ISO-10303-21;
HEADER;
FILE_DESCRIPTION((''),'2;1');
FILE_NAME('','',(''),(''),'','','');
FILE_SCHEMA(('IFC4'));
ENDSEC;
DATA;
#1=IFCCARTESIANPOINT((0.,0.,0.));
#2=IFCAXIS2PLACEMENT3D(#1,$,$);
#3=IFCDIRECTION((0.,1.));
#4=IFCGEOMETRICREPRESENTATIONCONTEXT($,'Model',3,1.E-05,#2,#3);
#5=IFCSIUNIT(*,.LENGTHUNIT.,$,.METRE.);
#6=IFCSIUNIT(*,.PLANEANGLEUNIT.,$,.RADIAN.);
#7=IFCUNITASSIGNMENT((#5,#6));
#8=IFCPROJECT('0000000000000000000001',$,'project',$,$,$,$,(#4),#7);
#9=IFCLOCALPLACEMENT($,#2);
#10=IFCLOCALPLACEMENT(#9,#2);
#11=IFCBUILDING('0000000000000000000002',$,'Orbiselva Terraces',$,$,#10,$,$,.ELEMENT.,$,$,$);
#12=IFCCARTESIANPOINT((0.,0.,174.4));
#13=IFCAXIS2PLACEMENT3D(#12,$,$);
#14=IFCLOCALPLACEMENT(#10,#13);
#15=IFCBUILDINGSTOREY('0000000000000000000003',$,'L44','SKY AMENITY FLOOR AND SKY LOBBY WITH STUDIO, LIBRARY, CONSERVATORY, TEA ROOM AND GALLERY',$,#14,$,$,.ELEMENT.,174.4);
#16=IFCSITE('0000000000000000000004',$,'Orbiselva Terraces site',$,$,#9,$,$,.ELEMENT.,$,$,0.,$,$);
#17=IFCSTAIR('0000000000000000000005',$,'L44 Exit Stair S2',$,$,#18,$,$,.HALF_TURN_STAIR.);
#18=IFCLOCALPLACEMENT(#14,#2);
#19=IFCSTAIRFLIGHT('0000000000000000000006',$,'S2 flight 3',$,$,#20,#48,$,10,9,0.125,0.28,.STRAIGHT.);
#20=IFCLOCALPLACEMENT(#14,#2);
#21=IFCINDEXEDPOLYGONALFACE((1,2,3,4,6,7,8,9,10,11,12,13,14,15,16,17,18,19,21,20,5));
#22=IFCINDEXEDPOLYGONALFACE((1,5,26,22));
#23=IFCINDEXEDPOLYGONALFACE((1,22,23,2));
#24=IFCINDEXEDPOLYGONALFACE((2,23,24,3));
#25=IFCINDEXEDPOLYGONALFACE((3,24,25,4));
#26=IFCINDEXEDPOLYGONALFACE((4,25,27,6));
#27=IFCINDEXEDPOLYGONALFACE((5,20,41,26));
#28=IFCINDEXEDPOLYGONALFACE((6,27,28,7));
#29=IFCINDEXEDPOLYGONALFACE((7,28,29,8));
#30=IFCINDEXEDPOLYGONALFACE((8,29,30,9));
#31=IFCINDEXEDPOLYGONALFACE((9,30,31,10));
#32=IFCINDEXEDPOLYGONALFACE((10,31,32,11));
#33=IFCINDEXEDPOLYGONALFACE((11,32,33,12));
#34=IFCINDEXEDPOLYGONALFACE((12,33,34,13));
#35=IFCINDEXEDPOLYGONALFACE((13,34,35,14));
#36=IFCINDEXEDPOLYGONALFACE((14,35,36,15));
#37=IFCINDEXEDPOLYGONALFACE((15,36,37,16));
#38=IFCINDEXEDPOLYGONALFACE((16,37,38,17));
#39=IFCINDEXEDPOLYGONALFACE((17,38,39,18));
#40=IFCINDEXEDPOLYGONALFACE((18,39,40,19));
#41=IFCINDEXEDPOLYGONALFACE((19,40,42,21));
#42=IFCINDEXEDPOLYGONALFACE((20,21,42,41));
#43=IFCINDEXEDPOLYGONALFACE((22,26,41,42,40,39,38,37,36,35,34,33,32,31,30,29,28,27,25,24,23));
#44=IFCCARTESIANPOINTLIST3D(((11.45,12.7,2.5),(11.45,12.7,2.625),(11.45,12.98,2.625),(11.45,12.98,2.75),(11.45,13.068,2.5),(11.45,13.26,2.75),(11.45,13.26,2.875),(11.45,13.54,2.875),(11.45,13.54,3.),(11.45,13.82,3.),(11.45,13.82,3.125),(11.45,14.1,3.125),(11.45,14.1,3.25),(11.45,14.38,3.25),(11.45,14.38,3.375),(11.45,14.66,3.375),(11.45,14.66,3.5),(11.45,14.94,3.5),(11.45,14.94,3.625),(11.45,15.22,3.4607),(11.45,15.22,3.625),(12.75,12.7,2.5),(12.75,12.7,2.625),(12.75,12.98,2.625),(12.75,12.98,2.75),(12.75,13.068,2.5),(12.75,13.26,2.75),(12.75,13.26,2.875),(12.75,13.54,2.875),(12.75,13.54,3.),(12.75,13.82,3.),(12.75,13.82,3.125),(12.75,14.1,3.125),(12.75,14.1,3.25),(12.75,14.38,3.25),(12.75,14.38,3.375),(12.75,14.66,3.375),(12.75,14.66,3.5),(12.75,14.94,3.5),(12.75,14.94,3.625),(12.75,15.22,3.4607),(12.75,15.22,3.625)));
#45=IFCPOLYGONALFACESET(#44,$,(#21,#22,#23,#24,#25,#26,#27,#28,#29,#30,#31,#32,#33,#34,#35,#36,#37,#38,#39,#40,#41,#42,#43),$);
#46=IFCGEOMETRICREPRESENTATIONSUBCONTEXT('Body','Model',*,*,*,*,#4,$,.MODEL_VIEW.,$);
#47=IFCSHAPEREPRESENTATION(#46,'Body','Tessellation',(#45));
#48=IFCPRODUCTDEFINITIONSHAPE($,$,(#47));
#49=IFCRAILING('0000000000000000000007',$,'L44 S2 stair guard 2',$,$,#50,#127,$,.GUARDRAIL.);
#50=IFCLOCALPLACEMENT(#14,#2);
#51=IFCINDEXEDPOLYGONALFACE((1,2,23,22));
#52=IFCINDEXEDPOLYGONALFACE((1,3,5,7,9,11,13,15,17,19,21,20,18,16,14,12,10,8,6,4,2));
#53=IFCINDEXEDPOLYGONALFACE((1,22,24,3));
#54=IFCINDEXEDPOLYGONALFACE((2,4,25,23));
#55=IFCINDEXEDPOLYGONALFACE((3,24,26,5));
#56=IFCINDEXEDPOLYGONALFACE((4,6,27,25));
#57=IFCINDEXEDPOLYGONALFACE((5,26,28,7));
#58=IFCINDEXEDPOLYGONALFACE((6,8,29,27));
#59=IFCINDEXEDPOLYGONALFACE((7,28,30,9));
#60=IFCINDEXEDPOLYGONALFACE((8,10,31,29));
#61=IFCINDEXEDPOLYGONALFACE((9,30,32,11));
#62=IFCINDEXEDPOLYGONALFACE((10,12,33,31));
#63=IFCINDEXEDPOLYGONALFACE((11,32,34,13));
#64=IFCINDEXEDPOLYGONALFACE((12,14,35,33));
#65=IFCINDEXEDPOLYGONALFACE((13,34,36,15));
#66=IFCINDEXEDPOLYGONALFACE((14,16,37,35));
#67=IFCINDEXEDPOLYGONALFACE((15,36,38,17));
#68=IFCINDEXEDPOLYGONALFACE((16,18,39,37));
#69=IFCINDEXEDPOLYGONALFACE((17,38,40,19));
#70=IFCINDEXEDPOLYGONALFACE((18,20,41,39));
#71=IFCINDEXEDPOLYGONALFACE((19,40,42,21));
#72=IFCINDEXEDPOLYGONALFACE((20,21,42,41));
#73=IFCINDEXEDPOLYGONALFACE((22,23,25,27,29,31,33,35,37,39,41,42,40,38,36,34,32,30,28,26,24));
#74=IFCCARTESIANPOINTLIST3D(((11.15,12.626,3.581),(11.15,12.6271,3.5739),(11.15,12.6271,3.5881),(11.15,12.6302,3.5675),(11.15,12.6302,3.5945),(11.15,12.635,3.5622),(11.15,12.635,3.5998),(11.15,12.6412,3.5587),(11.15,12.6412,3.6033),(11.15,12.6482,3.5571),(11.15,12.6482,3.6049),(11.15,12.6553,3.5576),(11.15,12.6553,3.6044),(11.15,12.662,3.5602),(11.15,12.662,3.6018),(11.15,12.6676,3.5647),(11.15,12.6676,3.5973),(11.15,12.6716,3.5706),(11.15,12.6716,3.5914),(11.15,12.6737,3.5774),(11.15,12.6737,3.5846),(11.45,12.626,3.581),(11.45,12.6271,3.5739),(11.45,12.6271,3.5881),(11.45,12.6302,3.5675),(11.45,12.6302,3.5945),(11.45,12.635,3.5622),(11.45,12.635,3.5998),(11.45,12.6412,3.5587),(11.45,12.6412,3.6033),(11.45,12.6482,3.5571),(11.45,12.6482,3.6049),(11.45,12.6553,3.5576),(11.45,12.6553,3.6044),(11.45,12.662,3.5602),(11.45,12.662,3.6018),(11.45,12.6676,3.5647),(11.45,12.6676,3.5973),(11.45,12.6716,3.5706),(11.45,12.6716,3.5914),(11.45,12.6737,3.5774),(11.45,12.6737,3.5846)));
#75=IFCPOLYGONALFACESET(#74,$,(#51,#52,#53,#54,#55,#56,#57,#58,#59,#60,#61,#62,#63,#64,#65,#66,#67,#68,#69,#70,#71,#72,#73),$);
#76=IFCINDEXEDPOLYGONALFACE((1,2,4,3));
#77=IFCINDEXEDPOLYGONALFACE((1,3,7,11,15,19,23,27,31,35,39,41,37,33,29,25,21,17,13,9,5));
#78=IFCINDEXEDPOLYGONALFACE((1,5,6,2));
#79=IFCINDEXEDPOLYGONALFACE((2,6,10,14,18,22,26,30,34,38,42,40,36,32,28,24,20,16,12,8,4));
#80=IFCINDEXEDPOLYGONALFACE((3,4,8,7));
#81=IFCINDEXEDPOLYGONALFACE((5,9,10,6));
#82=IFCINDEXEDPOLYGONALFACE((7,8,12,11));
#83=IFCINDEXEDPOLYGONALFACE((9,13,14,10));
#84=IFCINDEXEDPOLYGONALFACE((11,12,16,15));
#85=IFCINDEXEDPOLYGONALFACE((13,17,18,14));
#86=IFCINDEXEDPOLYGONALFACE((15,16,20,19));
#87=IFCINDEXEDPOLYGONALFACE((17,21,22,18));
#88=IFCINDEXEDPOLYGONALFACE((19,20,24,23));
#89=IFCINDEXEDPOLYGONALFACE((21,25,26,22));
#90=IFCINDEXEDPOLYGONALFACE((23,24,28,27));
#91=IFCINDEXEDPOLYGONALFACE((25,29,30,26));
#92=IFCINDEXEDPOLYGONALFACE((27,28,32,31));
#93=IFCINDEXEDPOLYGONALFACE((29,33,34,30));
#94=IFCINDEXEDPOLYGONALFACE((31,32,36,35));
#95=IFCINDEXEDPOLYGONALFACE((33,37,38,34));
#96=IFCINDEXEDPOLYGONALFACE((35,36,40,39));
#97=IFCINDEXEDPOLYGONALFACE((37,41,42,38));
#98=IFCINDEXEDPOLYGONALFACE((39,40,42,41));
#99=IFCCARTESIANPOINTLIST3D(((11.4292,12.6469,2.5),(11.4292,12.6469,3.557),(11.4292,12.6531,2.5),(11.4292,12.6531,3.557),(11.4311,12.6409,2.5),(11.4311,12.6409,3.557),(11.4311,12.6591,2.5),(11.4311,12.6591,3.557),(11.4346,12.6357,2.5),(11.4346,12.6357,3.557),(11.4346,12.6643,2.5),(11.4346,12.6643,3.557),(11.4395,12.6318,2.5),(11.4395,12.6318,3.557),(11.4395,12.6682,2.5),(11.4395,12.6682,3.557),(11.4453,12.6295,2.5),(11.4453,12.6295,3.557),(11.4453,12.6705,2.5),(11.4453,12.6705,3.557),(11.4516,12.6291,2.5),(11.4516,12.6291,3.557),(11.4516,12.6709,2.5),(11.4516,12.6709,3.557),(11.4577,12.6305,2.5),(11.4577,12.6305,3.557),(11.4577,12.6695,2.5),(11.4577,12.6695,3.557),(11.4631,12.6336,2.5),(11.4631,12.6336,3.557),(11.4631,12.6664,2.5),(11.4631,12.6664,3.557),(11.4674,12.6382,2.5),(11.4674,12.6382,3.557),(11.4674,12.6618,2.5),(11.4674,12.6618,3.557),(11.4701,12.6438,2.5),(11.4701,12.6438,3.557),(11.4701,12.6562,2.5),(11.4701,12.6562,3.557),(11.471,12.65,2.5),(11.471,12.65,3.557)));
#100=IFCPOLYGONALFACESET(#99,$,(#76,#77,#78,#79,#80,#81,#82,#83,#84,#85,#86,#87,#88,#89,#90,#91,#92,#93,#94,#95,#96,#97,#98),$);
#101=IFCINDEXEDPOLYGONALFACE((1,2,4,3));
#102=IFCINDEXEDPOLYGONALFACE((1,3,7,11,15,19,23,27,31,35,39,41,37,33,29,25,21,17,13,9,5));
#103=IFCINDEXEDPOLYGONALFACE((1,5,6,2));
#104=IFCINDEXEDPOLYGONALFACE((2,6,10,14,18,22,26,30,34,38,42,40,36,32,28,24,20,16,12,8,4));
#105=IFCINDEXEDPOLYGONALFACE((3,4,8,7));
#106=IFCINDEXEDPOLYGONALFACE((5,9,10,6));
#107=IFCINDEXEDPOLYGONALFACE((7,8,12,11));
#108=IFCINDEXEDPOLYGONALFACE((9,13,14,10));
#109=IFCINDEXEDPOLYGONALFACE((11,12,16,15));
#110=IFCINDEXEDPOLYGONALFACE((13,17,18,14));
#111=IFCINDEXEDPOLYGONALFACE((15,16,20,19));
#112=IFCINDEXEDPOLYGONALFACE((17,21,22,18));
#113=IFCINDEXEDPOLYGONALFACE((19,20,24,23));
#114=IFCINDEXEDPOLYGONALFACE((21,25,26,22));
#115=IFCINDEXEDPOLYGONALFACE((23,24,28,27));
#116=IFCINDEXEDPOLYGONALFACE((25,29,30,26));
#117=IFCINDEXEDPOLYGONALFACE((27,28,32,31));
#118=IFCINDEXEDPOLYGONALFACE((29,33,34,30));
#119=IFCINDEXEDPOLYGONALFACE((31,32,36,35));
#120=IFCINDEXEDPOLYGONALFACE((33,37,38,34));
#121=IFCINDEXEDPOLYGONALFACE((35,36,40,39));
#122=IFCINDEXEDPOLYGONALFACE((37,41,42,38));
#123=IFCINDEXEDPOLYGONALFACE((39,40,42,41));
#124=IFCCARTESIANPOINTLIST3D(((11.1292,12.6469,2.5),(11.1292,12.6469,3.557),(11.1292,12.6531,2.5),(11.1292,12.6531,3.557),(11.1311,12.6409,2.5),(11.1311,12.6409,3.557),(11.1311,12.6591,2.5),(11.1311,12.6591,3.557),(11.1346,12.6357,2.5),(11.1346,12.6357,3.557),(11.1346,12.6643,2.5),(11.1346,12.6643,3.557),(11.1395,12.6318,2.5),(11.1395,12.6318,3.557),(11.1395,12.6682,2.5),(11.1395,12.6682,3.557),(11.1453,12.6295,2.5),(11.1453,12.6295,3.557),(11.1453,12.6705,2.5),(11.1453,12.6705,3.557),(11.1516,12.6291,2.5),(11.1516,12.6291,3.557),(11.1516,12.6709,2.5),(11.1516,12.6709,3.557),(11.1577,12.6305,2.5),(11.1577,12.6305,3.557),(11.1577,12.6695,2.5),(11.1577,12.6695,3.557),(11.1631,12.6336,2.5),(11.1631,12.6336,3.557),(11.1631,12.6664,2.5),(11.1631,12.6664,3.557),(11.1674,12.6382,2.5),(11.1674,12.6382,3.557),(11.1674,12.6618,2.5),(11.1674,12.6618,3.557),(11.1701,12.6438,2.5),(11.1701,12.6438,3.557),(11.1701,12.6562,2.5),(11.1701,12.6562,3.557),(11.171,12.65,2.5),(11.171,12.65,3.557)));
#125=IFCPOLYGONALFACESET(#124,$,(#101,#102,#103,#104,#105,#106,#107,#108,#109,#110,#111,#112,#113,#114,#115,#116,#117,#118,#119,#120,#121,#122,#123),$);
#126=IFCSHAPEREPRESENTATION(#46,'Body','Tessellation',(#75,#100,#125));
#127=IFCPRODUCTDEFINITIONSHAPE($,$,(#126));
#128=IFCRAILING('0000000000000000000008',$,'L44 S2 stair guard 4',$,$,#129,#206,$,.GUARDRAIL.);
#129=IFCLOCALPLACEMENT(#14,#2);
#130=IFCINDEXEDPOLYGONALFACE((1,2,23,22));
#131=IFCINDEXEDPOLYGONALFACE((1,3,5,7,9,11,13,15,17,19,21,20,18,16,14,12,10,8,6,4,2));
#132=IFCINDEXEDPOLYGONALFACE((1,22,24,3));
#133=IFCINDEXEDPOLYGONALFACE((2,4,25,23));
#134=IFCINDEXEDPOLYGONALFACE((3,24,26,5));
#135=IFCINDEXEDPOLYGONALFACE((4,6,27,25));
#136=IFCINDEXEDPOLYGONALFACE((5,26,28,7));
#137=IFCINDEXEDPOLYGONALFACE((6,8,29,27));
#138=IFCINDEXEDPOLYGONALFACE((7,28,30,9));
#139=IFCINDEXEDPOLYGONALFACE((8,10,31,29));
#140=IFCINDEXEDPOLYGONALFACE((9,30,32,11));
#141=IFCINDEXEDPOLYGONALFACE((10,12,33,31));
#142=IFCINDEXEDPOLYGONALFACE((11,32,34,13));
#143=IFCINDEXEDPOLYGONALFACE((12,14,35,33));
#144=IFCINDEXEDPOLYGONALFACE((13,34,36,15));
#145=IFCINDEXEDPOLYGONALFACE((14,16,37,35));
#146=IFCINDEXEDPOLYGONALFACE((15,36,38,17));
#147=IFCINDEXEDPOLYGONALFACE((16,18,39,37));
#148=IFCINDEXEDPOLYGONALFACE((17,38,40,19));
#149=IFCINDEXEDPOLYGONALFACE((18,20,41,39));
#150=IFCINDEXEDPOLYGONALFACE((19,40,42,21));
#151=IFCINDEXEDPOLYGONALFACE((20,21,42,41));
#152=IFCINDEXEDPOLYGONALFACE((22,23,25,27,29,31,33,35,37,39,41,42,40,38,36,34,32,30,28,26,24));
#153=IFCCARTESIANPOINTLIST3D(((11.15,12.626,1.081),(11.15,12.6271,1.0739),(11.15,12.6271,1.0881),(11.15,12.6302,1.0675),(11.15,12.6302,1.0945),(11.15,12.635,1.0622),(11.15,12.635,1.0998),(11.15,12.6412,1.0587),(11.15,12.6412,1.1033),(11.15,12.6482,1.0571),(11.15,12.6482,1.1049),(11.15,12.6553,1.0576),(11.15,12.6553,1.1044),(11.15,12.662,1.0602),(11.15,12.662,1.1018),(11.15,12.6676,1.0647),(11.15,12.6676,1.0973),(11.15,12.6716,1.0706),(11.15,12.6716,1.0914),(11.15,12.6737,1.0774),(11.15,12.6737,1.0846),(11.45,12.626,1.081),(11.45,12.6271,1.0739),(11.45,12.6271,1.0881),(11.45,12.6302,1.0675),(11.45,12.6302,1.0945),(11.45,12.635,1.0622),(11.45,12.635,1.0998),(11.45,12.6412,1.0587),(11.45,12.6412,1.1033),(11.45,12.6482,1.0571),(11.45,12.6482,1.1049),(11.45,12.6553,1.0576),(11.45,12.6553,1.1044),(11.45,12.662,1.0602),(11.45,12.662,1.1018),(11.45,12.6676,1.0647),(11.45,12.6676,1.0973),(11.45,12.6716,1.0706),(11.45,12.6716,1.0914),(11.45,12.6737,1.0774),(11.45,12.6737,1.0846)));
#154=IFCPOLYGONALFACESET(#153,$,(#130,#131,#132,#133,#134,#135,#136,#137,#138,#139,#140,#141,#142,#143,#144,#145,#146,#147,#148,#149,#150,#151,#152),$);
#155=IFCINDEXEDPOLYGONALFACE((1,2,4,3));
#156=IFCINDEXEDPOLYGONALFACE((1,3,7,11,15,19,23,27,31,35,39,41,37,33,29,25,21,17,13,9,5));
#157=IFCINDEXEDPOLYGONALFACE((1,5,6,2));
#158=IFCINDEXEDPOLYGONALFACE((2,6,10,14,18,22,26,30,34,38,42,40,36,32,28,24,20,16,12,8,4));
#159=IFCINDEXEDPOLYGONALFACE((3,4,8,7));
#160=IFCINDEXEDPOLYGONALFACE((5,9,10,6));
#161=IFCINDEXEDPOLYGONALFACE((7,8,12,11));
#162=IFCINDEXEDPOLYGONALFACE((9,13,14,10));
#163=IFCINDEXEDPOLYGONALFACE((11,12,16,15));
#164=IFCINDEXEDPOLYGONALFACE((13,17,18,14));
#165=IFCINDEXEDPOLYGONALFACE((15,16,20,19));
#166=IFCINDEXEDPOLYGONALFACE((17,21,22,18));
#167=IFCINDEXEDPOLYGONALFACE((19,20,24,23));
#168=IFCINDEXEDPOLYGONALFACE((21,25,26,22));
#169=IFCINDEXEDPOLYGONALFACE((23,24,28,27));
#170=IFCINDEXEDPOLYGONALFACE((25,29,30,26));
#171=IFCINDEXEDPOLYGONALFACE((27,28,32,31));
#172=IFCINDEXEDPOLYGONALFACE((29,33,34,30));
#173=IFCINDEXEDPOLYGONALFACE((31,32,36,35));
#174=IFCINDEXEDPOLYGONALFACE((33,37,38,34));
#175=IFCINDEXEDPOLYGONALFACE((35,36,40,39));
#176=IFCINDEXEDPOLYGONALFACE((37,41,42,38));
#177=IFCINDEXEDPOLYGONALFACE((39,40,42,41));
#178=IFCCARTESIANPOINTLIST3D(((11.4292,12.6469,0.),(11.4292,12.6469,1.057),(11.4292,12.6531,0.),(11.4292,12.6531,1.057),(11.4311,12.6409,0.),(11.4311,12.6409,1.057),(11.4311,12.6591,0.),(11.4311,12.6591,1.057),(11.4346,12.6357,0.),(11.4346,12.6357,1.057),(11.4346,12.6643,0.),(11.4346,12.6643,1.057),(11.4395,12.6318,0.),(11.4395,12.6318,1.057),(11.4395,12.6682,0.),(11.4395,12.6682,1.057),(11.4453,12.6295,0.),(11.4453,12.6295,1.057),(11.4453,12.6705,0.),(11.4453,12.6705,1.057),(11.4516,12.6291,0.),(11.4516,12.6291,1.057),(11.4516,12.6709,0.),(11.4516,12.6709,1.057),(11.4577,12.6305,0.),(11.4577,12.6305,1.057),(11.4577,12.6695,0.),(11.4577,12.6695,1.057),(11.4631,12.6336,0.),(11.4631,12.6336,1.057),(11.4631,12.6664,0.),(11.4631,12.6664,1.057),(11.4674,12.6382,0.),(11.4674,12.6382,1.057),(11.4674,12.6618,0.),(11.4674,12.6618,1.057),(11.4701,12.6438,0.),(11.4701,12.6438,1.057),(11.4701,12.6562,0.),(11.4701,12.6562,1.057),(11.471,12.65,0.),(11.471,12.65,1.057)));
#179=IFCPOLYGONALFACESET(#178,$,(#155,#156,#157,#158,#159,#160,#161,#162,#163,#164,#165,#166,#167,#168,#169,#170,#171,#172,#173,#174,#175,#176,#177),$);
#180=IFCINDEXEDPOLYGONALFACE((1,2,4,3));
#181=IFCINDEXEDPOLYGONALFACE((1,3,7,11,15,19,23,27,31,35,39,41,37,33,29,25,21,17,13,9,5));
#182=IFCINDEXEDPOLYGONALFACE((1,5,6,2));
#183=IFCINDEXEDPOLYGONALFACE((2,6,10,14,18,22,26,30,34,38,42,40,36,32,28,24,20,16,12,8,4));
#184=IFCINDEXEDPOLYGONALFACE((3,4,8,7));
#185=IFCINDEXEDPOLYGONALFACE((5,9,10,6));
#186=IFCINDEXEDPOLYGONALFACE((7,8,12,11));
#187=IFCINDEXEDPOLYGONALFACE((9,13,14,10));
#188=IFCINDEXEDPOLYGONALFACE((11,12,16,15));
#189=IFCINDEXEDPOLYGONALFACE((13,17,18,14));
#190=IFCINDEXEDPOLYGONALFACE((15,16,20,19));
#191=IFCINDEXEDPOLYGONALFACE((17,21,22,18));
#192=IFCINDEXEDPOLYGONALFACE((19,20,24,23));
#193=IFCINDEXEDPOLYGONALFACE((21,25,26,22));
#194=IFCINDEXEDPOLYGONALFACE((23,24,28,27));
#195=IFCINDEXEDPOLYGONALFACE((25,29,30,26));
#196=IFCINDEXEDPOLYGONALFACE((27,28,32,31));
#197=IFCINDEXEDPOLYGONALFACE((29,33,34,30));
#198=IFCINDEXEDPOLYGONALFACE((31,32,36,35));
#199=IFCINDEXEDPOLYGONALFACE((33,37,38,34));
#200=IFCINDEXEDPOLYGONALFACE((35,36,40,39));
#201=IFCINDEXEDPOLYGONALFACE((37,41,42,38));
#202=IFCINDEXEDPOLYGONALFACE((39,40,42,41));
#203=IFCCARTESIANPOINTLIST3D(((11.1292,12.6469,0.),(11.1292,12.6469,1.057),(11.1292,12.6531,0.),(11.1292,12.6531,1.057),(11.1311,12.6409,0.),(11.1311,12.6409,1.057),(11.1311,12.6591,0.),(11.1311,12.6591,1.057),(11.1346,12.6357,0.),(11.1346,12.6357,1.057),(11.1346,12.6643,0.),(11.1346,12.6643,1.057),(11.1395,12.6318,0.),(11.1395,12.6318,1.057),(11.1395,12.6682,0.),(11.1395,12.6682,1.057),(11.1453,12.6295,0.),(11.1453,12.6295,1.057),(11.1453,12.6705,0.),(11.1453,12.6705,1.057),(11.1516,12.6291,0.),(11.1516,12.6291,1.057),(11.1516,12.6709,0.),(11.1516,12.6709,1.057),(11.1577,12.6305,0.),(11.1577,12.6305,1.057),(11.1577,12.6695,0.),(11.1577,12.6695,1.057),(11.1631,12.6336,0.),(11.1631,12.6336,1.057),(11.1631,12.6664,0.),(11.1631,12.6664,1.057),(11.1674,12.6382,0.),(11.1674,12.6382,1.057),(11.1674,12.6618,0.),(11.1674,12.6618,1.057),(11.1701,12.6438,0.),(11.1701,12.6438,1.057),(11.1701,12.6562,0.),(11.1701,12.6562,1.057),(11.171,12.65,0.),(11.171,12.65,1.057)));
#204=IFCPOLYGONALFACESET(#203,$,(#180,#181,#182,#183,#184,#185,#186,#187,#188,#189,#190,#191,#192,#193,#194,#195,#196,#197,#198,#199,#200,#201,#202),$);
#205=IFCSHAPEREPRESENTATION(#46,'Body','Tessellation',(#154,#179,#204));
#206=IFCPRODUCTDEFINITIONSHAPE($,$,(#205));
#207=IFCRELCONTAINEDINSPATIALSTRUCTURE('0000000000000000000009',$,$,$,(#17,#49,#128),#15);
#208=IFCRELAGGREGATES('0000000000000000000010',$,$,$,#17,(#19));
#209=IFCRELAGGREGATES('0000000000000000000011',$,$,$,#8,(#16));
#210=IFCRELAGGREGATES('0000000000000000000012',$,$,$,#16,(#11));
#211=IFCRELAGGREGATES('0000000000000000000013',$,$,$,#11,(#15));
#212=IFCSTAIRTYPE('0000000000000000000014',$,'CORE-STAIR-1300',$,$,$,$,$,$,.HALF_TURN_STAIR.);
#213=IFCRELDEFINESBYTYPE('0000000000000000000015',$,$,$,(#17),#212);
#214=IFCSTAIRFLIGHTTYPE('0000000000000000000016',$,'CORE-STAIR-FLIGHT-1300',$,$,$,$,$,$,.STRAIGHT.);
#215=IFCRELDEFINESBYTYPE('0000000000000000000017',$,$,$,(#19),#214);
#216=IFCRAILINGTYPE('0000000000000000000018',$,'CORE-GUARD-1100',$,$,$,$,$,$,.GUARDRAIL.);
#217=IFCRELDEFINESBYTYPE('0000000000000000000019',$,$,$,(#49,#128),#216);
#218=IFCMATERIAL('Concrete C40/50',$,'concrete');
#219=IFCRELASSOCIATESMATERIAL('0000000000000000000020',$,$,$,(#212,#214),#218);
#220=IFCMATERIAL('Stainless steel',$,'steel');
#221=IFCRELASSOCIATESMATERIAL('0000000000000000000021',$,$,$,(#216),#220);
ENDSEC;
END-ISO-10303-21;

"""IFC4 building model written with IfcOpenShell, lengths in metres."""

from ifc_helpers import new_model, si_unit, direction, frame, origin, origin_2d, place, context, subcontext, project, spatial, polyline, circle, outline, extrude, material, type_object, element, aggregate, save


model = new_model("IFC4")

# Units and contexts
model_context = context("Model", 3, precision=1e-05, world=origin(), true_north=direction((0.0, 1.0)))
body_context = subcontext(model_context, "Body", "Model", "MODEL_VIEW")
ifc_project = project(units=[si_unit("LENGTHUNIT", "METRE"), si_unit("PLANEANGLEUNIT", "RADIAN")], contexts=[model_context])

# Site, building, storey
site_placement = place(None, origin())
site = spatial("IfcSite", under=ifc_project, at=site_placement, Name="Orbiselva Terraces site", CompositionType="ELEMENT", RefElevation=0.0)
building_placement = place(site_placement, origin())
building = spatial("IfcBuilding", under=site, at=building_placement, Name="Orbiselva Terraces", CompositionType="ELEMENT")
storey_placement = place(building_placement, frame((0.0, 0.0, 174.4)))
storey = spatial("IfcBuildingStorey", under=building, at=storey_placement, Name="L44", Description="SKY AMENITY FLOOR AND SKY LOBBY WITH STUDIO, LIBRARY, CONSERVATORY, TEA ROOM AND GALLERY", CompositionType="ELEMENT", Elevation=174.4)

# Stair, stair flight
ifc_material_1 = material(Name="Concrete C40/50", Category="concrete")
stair_type = type_object("IfcStairType", Name="CORE-STAIR-1300", PredefinedType="HALF_TURN_STAIR", material=ifc_material_1)
stair_placement = place(storey_placement, origin())
stair = element("IfcStair", 1, at=stair_placement, inside=storey, type_object=stair_type, Name="L44 Exit Stair S2", PredefinedType="HALF_TURN_STAIR")
stair_flight_type = type_object("IfcStairFlightType", Name="CORE-STAIR-FLIGHT-1300", PredefinedType="STRAIGHT", material=ifc_material_1)
stair_flight_1_placement = place(storey_placement, frame((12.1, 12.7, 2.5), z_axis=(0.0, 0.0, 1.0), x_axis=(0.0, 1.0, 0.0)))
stair_flight_1 = element("IfcStairFlight", 2, at=stair_flight_1_placement, type_object=stair_flight_type, Name="S2 flight 3", NumberOfRisers=10, NumberOfTreads=9, PredefinedType="STRAIGHT", RiserHeight=0.125, TreadLength=0.28, context=body_context, shape_type="SweptSolid", body=[
    extrude(outline(polyline([(0.0, 0.0), (0.0, 0.125), (0.28, 0.125), (0.28, 0.25), (0.56, 0.25), (0.56, 0.375), (0.84, 0.375), (0.84, 0.5), (1.12, 0.5), (1.12, 0.625), (1.4, 0.625), (1.4, 0.75), (1.68, 0.75), (1.68, 0.875), (1.96, 0.875), (1.96, 1.0), (2.24, 1.0), (2.24, 1.125), (2.52, 1.125), (2.52, 1.25), (2.52, 0.9607), (0.368, 0.0), (0.0, 0.0)])), frame((0.0, 0.65, 0.0), z_axis=(0.0, -1.0, 0.0), x_axis=(1.0, 0.0, 0.0)), (0.0, 0.0, 1.0), 1.3),
])
aggregate(stair, [stair_flight_1])

# Railings
ifc_material_2 = material(Name="Stainless steel", Category="steel")
railing_type = type_object("IfcRailingType", Name="CORE-GUARD-1100", PredefinedType="GUARDRAIL", material=ifc_material_2)
railing_1_placement = place(storey_placement, frame((11.45, 12.65, 2.5)))
element("IfcRailing", 3, at=railing_1_placement, inside=storey, type_object=railing_type, Name="L44 S2 stair guard 2", PredefinedType="GUARDRAIL", context=body_context, shape_type="SweptSolid", body=[
    extrude(circle(Radius=0.024, at=origin_2d()), frame((0.0, 0.0, 1.081), z_axis=(-1.0, 0.0, 0.0), x_axis=(0.0, -1.0, 0.0)), (0.0, 0.0, 1.0), 0.3),
    extrude(circle(Radius=0.021, at=origin_2d()), origin(), (0.0, 0.0, 1.0), 1.057),
    extrude(circle(Radius=0.021, at=origin_2d()), frame((-0.3, 0.0, 0.0)), (0.0, 0.0, 1.0), 1.057),
])
railing_2_placement = place(storey_placement, frame((11.45, 12.65, 0.0)))
element("IfcRailing", 4, at=railing_2_placement, inside=storey, type_object=railing_type, Name="L44 S2 stair guard 4", PredefinedType="GUARDRAIL", context=body_context, shape_type="SweptSolid", body=[
    extrude(circle(Radius=0.024, at=origin_2d()), frame((0.0, 0.0, 1.081), z_axis=(-1.0, 0.0, 0.0), x_axis=(0.0, -1.0, 0.0)), (0.0, 0.0, 1.0), 0.3),
    extrude(circle(Radius=0.021, at=origin_2d()), origin(), (0.0, 0.0, 1.0), 1.057),
    extrude(circle(Radius=0.021, at=origin_2d()), frame((-0.3, 0.0, 0.0)), (0.0, 0.0, 1.0), 1.057),
])

save(model, "model.ifc")
